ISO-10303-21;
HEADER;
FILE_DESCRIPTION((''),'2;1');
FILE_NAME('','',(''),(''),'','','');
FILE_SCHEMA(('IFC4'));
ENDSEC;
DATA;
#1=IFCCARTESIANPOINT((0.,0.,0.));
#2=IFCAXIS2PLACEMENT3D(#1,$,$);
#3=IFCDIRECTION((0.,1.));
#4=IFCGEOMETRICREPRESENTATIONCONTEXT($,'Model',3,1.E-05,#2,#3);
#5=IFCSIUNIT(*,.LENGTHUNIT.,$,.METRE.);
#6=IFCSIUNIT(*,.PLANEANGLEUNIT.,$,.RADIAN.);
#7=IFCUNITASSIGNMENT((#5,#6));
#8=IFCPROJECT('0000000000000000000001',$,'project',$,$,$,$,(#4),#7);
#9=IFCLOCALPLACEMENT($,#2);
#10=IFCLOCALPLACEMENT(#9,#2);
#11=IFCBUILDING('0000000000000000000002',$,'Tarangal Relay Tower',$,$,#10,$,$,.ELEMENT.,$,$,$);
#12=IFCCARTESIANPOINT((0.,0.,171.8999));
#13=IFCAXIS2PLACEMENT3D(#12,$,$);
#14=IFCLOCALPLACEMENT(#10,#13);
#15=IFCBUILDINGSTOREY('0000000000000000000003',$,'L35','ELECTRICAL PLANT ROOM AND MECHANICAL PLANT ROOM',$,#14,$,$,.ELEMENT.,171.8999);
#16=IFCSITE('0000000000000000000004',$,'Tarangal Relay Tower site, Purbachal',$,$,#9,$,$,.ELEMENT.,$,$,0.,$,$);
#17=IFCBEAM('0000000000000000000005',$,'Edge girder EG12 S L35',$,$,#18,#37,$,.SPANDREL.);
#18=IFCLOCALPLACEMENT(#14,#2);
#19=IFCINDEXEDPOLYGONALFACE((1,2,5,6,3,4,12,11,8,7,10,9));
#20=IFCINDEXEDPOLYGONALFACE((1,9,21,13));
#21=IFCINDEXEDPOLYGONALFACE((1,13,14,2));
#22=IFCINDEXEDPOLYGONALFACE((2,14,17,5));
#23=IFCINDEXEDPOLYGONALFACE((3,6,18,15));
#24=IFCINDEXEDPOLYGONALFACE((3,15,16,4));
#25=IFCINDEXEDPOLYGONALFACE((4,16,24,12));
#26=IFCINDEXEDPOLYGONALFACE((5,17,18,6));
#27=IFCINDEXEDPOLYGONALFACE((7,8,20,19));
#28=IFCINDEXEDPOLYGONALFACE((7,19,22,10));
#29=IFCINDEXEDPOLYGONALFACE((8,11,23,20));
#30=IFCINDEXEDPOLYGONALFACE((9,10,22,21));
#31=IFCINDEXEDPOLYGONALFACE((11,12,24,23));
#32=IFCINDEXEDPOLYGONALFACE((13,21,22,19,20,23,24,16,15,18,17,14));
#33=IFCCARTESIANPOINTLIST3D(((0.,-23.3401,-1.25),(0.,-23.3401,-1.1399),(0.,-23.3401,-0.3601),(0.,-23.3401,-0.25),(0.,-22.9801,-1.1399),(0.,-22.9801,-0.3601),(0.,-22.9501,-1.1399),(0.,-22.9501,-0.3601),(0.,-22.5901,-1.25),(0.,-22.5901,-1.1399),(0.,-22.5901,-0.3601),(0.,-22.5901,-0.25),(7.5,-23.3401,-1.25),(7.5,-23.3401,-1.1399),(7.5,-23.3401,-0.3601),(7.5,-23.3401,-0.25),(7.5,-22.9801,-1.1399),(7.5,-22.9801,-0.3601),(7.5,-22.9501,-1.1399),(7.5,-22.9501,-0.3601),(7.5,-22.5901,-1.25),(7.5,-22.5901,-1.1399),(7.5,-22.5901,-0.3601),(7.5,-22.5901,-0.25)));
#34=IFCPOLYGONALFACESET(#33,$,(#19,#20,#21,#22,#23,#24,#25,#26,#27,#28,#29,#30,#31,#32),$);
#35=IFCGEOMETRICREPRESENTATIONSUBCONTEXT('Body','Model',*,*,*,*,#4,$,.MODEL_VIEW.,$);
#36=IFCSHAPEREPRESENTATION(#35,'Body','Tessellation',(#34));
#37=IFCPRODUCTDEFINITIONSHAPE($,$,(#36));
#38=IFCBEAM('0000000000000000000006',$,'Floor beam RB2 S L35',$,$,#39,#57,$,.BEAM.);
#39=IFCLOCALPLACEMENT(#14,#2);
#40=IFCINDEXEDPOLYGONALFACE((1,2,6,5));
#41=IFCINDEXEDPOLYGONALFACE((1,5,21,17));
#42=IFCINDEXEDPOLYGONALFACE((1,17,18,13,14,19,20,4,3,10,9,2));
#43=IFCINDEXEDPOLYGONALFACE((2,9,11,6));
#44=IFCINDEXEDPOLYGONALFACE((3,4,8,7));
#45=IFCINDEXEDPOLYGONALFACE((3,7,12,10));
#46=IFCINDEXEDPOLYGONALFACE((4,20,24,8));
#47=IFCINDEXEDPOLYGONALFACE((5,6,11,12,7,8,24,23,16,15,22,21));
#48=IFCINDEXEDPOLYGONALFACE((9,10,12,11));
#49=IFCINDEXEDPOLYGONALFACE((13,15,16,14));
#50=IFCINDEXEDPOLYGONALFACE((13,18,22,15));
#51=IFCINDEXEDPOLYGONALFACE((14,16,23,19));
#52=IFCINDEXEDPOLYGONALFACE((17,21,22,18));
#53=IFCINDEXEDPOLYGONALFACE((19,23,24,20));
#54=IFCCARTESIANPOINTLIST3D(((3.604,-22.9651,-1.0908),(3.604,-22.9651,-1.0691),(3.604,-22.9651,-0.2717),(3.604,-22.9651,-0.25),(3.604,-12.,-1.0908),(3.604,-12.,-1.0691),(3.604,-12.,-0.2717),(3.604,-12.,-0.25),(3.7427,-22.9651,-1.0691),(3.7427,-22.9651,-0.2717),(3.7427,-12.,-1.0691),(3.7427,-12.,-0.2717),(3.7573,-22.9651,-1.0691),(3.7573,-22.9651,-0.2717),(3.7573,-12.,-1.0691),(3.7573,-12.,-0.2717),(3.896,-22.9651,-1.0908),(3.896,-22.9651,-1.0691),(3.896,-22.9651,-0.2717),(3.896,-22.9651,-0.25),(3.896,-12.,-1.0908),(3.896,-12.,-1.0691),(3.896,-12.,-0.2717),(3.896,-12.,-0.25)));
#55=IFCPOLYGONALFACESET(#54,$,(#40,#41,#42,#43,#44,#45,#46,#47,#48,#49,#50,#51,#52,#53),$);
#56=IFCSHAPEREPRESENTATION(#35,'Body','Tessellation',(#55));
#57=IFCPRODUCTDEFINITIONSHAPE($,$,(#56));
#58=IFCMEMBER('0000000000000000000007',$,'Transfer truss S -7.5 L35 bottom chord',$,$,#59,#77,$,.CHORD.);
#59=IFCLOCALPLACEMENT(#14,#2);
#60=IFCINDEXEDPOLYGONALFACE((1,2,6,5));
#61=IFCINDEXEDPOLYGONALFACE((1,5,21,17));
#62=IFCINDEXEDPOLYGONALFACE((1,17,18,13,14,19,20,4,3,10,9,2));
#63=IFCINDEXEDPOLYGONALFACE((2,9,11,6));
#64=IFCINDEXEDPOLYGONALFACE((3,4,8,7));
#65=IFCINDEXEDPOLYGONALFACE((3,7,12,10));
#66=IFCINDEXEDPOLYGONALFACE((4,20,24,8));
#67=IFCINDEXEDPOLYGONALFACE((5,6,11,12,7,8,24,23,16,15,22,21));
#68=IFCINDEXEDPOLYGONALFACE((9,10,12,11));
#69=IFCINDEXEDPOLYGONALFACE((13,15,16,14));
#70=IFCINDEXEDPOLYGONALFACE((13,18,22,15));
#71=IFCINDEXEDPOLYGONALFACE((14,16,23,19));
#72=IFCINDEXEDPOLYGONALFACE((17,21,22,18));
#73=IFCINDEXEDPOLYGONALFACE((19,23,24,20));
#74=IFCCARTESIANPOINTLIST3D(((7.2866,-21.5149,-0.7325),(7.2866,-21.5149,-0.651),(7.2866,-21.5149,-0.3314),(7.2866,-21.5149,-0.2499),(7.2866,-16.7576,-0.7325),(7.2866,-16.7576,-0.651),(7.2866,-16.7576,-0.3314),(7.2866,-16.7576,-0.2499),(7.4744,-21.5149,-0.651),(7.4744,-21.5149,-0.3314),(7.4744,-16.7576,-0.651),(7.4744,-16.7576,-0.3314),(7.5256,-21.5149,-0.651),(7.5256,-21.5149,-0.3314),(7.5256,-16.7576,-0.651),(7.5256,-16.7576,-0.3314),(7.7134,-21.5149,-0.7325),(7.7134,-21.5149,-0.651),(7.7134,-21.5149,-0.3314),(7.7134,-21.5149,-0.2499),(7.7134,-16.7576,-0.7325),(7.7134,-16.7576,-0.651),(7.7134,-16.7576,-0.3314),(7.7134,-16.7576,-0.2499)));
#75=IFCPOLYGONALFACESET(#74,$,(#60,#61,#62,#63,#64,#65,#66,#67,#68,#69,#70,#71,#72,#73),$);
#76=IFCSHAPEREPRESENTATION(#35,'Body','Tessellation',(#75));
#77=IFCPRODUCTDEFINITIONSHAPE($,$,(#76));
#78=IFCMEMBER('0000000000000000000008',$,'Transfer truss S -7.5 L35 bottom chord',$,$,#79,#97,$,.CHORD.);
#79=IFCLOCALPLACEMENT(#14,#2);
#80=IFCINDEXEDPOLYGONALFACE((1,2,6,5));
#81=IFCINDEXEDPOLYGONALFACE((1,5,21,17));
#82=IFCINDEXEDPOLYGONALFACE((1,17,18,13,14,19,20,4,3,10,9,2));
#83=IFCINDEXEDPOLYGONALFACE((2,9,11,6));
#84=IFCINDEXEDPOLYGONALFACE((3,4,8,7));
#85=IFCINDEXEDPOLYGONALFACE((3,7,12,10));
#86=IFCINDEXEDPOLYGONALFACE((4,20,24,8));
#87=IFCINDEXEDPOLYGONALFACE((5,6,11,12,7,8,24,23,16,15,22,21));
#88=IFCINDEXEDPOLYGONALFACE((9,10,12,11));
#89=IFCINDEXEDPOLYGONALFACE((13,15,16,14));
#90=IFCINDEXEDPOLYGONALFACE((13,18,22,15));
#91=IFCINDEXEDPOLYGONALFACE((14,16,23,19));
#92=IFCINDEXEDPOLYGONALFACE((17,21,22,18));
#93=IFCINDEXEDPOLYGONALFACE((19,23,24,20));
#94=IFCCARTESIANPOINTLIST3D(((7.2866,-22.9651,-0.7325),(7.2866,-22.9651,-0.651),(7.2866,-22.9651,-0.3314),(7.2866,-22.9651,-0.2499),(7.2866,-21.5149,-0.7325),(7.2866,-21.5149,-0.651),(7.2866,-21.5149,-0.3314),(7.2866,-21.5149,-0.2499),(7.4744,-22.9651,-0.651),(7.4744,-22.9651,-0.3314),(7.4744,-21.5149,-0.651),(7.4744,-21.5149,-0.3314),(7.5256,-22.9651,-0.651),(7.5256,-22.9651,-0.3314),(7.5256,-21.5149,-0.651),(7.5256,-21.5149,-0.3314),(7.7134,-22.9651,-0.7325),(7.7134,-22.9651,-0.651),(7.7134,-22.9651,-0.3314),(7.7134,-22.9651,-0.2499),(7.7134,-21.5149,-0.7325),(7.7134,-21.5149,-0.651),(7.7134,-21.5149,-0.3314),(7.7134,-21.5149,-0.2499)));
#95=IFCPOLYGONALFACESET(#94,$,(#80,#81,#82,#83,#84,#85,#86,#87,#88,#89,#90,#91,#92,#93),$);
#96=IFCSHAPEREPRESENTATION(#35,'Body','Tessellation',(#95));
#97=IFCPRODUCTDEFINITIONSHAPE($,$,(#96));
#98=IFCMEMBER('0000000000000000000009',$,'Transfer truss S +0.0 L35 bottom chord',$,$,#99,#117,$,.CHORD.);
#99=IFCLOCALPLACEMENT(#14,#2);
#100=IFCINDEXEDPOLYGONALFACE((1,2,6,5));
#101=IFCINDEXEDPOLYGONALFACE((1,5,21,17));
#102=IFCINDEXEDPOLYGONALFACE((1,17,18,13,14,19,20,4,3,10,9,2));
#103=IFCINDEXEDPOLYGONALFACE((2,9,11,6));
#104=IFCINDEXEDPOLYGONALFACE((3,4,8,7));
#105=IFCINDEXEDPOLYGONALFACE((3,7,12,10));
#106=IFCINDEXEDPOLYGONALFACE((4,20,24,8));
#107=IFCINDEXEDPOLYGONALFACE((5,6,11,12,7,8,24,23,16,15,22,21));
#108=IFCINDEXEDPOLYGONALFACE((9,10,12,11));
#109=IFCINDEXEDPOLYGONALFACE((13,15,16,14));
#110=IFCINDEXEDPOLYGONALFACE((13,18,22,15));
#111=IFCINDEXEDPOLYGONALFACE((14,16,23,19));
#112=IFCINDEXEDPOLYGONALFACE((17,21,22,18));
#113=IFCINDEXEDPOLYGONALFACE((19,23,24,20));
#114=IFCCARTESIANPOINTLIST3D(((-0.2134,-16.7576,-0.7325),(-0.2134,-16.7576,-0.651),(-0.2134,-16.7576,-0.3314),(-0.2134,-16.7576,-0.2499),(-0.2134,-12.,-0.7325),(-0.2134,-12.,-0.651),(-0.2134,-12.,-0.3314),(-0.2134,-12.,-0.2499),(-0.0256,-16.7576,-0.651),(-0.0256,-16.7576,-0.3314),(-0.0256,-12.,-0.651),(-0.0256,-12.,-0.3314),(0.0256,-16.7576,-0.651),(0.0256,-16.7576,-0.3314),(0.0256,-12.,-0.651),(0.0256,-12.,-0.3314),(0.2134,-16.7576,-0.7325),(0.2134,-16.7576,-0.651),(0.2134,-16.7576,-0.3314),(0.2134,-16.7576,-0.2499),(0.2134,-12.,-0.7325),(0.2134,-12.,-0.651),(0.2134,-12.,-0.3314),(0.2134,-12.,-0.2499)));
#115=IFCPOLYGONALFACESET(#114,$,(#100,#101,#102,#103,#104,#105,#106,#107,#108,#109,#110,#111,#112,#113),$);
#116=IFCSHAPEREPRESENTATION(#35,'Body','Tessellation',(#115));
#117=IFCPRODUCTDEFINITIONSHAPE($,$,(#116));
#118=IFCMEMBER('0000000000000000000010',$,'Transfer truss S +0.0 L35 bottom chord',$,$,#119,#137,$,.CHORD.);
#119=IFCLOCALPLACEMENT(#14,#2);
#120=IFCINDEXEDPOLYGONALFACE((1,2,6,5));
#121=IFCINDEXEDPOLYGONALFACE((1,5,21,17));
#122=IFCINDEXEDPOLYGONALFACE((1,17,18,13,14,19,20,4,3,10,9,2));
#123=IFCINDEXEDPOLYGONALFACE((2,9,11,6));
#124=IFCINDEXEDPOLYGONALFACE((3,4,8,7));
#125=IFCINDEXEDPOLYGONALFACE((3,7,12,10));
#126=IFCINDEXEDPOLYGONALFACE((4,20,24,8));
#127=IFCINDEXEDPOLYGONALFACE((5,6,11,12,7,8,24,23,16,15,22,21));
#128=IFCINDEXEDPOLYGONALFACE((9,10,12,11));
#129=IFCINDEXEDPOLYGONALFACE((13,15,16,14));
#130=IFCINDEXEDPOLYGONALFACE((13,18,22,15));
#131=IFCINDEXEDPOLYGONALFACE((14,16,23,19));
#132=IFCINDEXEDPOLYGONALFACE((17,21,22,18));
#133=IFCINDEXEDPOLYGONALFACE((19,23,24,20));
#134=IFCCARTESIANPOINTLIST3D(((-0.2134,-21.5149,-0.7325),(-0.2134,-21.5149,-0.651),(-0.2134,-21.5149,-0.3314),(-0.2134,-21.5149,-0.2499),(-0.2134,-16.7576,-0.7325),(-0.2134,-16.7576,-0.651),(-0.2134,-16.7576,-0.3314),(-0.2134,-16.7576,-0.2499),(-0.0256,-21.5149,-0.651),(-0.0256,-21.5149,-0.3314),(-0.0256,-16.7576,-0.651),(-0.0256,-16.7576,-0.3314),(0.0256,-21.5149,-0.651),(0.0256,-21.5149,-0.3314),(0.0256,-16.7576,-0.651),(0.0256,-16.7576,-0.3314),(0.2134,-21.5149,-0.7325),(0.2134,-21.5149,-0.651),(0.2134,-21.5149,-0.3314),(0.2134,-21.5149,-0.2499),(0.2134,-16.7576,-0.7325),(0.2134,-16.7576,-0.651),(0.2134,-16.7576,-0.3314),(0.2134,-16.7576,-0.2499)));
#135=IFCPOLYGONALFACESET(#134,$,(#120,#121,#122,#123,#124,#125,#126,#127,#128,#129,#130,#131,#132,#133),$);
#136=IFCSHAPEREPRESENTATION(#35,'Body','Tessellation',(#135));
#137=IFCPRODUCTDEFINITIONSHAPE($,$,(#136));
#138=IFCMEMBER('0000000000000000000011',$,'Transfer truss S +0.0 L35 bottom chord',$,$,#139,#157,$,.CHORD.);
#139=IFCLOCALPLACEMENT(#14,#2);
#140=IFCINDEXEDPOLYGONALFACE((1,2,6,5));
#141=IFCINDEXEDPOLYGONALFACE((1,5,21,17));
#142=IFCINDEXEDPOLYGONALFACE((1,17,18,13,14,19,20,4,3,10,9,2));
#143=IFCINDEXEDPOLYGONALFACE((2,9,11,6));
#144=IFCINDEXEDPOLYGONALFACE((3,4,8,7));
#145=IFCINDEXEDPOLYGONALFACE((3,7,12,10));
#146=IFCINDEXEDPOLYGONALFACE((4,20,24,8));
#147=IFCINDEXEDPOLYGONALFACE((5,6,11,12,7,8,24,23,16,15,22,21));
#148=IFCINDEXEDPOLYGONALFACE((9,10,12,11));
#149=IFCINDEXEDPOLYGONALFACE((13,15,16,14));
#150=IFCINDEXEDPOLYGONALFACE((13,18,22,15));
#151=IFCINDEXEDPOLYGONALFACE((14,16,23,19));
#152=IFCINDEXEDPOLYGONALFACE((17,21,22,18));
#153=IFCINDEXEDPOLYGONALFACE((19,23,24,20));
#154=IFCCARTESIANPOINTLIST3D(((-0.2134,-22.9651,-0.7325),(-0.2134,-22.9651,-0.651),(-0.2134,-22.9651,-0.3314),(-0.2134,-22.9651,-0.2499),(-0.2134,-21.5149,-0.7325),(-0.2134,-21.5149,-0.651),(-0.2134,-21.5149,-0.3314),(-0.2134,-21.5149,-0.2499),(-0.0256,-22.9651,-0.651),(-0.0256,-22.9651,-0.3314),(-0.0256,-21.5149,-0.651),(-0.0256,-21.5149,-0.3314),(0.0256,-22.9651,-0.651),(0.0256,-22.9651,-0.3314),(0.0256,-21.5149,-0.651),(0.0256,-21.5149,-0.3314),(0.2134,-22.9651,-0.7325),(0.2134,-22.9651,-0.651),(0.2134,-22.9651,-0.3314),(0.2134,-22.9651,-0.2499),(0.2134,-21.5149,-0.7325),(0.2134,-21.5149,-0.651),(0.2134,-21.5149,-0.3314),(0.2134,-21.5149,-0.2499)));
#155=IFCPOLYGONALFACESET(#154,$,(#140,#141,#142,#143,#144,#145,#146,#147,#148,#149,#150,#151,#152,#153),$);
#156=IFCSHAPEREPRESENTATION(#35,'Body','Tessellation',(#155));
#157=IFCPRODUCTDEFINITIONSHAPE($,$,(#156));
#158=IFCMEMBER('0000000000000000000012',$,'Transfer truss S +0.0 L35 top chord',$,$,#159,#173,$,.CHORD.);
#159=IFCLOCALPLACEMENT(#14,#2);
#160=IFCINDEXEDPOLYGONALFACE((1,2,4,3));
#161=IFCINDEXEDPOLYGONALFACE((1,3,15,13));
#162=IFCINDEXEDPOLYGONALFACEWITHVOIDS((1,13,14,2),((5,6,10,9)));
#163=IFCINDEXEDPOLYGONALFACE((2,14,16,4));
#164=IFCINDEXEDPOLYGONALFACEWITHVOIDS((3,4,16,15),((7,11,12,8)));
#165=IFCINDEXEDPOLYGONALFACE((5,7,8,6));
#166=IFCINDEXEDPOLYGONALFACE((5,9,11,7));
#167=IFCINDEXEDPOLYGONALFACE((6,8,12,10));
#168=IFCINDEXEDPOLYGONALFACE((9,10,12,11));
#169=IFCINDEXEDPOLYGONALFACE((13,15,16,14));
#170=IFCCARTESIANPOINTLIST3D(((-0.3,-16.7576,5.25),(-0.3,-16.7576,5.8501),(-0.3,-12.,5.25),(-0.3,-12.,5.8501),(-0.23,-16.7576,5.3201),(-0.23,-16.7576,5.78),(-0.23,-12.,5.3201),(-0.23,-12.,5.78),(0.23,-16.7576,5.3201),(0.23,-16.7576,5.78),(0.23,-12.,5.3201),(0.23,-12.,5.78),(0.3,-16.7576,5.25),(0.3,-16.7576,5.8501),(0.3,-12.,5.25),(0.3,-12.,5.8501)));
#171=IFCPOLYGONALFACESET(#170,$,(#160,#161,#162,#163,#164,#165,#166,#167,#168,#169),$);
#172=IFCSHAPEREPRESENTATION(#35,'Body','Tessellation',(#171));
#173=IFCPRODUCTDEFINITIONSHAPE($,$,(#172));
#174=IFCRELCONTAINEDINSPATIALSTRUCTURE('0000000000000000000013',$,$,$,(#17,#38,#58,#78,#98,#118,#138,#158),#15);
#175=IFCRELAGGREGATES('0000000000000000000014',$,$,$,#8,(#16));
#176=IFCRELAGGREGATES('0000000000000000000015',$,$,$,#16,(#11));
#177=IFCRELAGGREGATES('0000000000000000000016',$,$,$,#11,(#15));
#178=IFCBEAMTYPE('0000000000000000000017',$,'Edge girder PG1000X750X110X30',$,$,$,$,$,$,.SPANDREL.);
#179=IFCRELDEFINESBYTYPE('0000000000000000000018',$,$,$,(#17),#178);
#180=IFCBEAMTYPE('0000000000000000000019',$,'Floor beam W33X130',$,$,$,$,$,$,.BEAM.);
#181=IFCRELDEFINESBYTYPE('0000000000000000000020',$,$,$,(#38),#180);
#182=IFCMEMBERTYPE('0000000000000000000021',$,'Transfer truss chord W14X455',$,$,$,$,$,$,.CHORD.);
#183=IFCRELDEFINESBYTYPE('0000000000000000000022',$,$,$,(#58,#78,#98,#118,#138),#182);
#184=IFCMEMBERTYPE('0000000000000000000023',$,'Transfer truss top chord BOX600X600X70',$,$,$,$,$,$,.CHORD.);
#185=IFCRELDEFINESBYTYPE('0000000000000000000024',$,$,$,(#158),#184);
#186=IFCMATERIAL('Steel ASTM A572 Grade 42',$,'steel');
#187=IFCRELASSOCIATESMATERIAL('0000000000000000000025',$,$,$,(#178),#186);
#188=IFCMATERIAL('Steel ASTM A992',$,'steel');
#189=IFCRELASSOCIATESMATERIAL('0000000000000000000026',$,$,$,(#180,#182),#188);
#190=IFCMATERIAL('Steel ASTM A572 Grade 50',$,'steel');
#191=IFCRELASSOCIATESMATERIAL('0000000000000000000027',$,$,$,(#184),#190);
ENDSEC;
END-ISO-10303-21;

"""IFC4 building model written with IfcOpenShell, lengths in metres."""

from ifc_helpers import new_model, si_unit, direction, frame, origin, origin_2d, place, context, subcontext, project, spatial, hollow_rectangle, i_section, extrude, material, material_profile, profile_set, type_object, element, save


model = new_model("IFC4")

# Units and contexts
model_context = context("Model", 3, precision=1e-05, world=origin(), true_north=direction((0.0, 1.0)))
body_context = subcontext(model_context, "Body", "Model", "MODEL_VIEW")
ifc_project = project(units=[si_unit("LENGTHUNIT", "METRE"), si_unit("PLANEANGLEUNIT", "RADIAN")], contexts=[model_context])

# Site, building, storey
site_placement = place(None, origin())
site = spatial("IfcSite", under=ifc_project, at=site_placement, Name="Tarangal Relay Tower site, Purbachal", CompositionType="ELEMENT", RefElevation=0.0)
building_placement = place(site_placement, origin())
building = spatial("IfcBuilding", under=site, at=building_placement, Name="Tarangal Relay Tower", CompositionType="ELEMENT")
storey_placement = place(building_placement, frame((0.0, 0.0, 171.8999)))
storey = spatial("IfcBuildingStorey", under=building, at=storey_placement, Name="L35", Description="ELECTRICAL PLANT ROOM AND MECHANICAL PLANT ROOM", CompositionType="ELEMENT", Elevation=171.8999)

# Shared definitions
ifc_material_1 = material(Name="Steel ASTM A572 Grade 50", Category="steel")

# Shared definitions
ifc_material_2 = material(Name="Steel ASTM A992", Category="steel")

# Beams
ifc_material_3 = material(Name="Steel ASTM A572 Grade 42", Category="steel")
ifc_material_profile_1 = material_profile(ifc_material_3, i_section(OverallWidth=0.75, OverallDepth=1.0, WebThickness=0.03, FlangeThickness=0.1101, at=origin_2d()), Name="PG1000X750X110X30")
ifc_profile_set_1 = profile_set([ifc_material_profile_1], Name="Steel ASTM A572 Grade 42")
beam_type_1 = type_object("IfcBeamType", Name="Edge girder PG1000X750X110X30", PredefinedType="SPANDREL", material=ifc_profile_set_1)
beam_1_placement = place(storey_placement, frame((7.5, -22.9651, -0.75), z_axis=(-1.0, 0.0, 0.0), x_axis=(0.0, -1.0, 0.0)))
element("IfcBeam", 1, at=beam_1_placement, inside=storey, type_object=beam_type_1, Name="Edge girder EG12 S L35", PredefinedType="SPANDREL", context=body_context, shape_type="SweptSolid", body=[
    extrude(i_section(OverallWidth=0.75, OverallDepth=1.0, WebThickness=0.03, FlangeThickness=0.1101, at=origin_2d()), origin(), (0.0, 0.0, 1.0), 7.5),
])
ifc_material_profile_2 = material_profile(ifc_material_2, i_section(OverallWidth=0.292, OverallDepth=0.8408, WebThickness=0.0146, FlangeThickness=0.0217, at=origin_2d()), Name="W33X130")
ifc_profile_set_2 = profile_set([ifc_material_profile_2], Name="Steel ASTM A992")
beam_type_2 = type_object("IfcBeamType", Name="Floor beam W33X130", PredefinedType="BEAM", material=ifc_profile_set_2)
beam_2_placement = place(storey_placement, frame((3.75, -12.0, -0.6704), z_axis=(0.0, -1.0, 0.0), x_axis=(1.0, 0.0, 0.0)))
element("IfcBeam", 2, at=beam_2_placement, inside=storey, type_object=beam_type_2, Name="Floor beam RB2 S L35", PredefinedType="BEAM", context=body_context, shape_type="SweptSolid", body=[
    extrude(i_section(OverallWidth=0.292, OverallDepth=0.8408, WebThickness=0.0146, FlangeThickness=0.0217, at=origin_2d()), origin(), (0.0, 0.0, 1.0), 10.9651),
])

# Members
ifc_material_profile_3 = material_profile(ifc_material_2, i_section(OverallWidth=0.4268, OverallDepth=0.4827, WebThickness=0.0513, FlangeThickness=0.0815, at=origin_2d()), Name="W14X455")
ifc_profile_set_3 = profile_set([ifc_material_profile_3], Name="Steel ASTM A992")
member_type_1 = type_object("IfcMemberType", Name="Transfer truss chord W14X455", PredefinedType="CHORD", material=ifc_profile_set_3)
member_1_placement = place(storey_placement, frame((7.5, -16.7576, -0.4912), z_axis=(0.0, -1.0, 0.0), x_axis=(1.0, 0.0, 0.0)))
element("IfcMember", 3, at=member_1_placement, inside=storey, type_object=member_type_1, Name="Transfer truss S -7.5 L35 bottom chord", PredefinedType="CHORD", context=body_context, shape_type="SweptSolid", body=[
    extrude(i_section(OverallWidth=0.4268, OverallDepth=0.4827, WebThickness=0.0513, FlangeThickness=0.0815, at=origin_2d()), origin(), (0.0, 0.0, 1.0), 4.7573),
])
member_2_placement = place(storey_placement, frame((7.5, -21.5149, -0.4912), z_axis=(0.0, -1.0, 0.0), x_axis=(1.0, 0.0, 0.0)))
element("IfcMember", 4, at=member_2_placement, inside=storey, type_object=member_type_1, Name="Transfer truss S -7.5 L35 bottom chord", PredefinedType="CHORD", context=body_context, shape_type="SweptSolid", body=[
    extrude(i_section(OverallWidth=0.4268, OverallDepth=0.4827, WebThickness=0.0513, FlangeThickness=0.0815, at=origin_2d()), origin(), (0.0, 0.0, 1.0), 1.4502),
])
member_3_placement = place(storey_placement, frame((0.0, -12.0, -0.4912), z_axis=(0.0, -1.0, 0.0), x_axis=(1.0, 0.0, 0.0)))
element("IfcMember", 5, at=member_3_placement, inside=storey, type_object=member_type_1, Name="Transfer truss S +0.0 L35 bottom chord", PredefinedType="CHORD", context=body_context, shape_type="SweptSolid", body=[
    extrude(i_section(OverallWidth=0.4268, OverallDepth=0.4827, WebThickness=0.0513, FlangeThickness=0.0815, at=origin_2d()), origin(), (0.0, 0.0, 1.0), 4.7576),
])
member_4_placement = place(storey_placement, frame((0.0, -16.7576, -0.4912), z_axis=(0.0, -1.0, 0.0), x_axis=(1.0, 0.0, 0.0)))
element("IfcMember", 6, at=member_4_placement, inside=storey, type_object=member_type_1, Name="Transfer truss S +0.0 L35 bottom chord", PredefinedType="CHORD", context=body_context, shape_type="SweptSolid", body=[
    extrude(i_section(OverallWidth=0.4268, OverallDepth=0.4827, WebThickness=0.0513, FlangeThickness=0.0815, at=origin_2d()), origin(), (0.0, 0.0, 1.0), 4.7573),
])
member_5_placement = place(storey_placement, frame((0.0, -21.5149, -0.4912), z_axis=(0.0, -1.0, 0.0), x_axis=(1.0, 0.0, 0.0)))
element("IfcMember", 7, at=member_5_placement, inside=storey, type_object=member_type_1, Name="Transfer truss S +0.0 L35 bottom chord", PredefinedType="CHORD", context=body_context, shape_type="SweptSolid", body=[
    extrude(i_section(OverallWidth=0.4268, OverallDepth=0.4827, WebThickness=0.0513, FlangeThickness=0.0815, at=origin_2d()), origin(), (0.0, 0.0, 1.0), 1.4502),
])
ifc_material_profile_4 = material_profile(ifc_material_1, hollow_rectangle(XDim=0.6001, YDim=0.6001, WallThickness=0.0701, at=origin_2d()), Name="BOX600X600X70")
ifc_profile_set_4 = profile_set([ifc_material_profile_4], Name="Steel ASTM A572 Grade 50")
member_type_2 = type_object("IfcMemberType", Name="Transfer truss top chord BOX600X600X70", PredefinedType="CHORD", material=ifc_profile_set_4)
member_6_placement = place(storey_placement, frame((0.0, -12.0, 5.55), z_axis=(0.0, -1.0, 0.0), x_axis=(1.0, 0.0, 0.0)))
element("IfcMember", 8, at=member_6_placement, inside=storey, type_object=member_type_2, Name="Transfer truss S +0.0 L35 top chord", PredefinedType="CHORD", context=body_context, shape_type="SweptSolid", body=[
    extrude(hollow_rectangle(XDim=0.6001, YDim=0.6001, WallThickness=0.0701, at=origin_2d()), origin(), (0.0, 0.0, 1.0), 4.7576),
])

save(model, "model.ifc")
